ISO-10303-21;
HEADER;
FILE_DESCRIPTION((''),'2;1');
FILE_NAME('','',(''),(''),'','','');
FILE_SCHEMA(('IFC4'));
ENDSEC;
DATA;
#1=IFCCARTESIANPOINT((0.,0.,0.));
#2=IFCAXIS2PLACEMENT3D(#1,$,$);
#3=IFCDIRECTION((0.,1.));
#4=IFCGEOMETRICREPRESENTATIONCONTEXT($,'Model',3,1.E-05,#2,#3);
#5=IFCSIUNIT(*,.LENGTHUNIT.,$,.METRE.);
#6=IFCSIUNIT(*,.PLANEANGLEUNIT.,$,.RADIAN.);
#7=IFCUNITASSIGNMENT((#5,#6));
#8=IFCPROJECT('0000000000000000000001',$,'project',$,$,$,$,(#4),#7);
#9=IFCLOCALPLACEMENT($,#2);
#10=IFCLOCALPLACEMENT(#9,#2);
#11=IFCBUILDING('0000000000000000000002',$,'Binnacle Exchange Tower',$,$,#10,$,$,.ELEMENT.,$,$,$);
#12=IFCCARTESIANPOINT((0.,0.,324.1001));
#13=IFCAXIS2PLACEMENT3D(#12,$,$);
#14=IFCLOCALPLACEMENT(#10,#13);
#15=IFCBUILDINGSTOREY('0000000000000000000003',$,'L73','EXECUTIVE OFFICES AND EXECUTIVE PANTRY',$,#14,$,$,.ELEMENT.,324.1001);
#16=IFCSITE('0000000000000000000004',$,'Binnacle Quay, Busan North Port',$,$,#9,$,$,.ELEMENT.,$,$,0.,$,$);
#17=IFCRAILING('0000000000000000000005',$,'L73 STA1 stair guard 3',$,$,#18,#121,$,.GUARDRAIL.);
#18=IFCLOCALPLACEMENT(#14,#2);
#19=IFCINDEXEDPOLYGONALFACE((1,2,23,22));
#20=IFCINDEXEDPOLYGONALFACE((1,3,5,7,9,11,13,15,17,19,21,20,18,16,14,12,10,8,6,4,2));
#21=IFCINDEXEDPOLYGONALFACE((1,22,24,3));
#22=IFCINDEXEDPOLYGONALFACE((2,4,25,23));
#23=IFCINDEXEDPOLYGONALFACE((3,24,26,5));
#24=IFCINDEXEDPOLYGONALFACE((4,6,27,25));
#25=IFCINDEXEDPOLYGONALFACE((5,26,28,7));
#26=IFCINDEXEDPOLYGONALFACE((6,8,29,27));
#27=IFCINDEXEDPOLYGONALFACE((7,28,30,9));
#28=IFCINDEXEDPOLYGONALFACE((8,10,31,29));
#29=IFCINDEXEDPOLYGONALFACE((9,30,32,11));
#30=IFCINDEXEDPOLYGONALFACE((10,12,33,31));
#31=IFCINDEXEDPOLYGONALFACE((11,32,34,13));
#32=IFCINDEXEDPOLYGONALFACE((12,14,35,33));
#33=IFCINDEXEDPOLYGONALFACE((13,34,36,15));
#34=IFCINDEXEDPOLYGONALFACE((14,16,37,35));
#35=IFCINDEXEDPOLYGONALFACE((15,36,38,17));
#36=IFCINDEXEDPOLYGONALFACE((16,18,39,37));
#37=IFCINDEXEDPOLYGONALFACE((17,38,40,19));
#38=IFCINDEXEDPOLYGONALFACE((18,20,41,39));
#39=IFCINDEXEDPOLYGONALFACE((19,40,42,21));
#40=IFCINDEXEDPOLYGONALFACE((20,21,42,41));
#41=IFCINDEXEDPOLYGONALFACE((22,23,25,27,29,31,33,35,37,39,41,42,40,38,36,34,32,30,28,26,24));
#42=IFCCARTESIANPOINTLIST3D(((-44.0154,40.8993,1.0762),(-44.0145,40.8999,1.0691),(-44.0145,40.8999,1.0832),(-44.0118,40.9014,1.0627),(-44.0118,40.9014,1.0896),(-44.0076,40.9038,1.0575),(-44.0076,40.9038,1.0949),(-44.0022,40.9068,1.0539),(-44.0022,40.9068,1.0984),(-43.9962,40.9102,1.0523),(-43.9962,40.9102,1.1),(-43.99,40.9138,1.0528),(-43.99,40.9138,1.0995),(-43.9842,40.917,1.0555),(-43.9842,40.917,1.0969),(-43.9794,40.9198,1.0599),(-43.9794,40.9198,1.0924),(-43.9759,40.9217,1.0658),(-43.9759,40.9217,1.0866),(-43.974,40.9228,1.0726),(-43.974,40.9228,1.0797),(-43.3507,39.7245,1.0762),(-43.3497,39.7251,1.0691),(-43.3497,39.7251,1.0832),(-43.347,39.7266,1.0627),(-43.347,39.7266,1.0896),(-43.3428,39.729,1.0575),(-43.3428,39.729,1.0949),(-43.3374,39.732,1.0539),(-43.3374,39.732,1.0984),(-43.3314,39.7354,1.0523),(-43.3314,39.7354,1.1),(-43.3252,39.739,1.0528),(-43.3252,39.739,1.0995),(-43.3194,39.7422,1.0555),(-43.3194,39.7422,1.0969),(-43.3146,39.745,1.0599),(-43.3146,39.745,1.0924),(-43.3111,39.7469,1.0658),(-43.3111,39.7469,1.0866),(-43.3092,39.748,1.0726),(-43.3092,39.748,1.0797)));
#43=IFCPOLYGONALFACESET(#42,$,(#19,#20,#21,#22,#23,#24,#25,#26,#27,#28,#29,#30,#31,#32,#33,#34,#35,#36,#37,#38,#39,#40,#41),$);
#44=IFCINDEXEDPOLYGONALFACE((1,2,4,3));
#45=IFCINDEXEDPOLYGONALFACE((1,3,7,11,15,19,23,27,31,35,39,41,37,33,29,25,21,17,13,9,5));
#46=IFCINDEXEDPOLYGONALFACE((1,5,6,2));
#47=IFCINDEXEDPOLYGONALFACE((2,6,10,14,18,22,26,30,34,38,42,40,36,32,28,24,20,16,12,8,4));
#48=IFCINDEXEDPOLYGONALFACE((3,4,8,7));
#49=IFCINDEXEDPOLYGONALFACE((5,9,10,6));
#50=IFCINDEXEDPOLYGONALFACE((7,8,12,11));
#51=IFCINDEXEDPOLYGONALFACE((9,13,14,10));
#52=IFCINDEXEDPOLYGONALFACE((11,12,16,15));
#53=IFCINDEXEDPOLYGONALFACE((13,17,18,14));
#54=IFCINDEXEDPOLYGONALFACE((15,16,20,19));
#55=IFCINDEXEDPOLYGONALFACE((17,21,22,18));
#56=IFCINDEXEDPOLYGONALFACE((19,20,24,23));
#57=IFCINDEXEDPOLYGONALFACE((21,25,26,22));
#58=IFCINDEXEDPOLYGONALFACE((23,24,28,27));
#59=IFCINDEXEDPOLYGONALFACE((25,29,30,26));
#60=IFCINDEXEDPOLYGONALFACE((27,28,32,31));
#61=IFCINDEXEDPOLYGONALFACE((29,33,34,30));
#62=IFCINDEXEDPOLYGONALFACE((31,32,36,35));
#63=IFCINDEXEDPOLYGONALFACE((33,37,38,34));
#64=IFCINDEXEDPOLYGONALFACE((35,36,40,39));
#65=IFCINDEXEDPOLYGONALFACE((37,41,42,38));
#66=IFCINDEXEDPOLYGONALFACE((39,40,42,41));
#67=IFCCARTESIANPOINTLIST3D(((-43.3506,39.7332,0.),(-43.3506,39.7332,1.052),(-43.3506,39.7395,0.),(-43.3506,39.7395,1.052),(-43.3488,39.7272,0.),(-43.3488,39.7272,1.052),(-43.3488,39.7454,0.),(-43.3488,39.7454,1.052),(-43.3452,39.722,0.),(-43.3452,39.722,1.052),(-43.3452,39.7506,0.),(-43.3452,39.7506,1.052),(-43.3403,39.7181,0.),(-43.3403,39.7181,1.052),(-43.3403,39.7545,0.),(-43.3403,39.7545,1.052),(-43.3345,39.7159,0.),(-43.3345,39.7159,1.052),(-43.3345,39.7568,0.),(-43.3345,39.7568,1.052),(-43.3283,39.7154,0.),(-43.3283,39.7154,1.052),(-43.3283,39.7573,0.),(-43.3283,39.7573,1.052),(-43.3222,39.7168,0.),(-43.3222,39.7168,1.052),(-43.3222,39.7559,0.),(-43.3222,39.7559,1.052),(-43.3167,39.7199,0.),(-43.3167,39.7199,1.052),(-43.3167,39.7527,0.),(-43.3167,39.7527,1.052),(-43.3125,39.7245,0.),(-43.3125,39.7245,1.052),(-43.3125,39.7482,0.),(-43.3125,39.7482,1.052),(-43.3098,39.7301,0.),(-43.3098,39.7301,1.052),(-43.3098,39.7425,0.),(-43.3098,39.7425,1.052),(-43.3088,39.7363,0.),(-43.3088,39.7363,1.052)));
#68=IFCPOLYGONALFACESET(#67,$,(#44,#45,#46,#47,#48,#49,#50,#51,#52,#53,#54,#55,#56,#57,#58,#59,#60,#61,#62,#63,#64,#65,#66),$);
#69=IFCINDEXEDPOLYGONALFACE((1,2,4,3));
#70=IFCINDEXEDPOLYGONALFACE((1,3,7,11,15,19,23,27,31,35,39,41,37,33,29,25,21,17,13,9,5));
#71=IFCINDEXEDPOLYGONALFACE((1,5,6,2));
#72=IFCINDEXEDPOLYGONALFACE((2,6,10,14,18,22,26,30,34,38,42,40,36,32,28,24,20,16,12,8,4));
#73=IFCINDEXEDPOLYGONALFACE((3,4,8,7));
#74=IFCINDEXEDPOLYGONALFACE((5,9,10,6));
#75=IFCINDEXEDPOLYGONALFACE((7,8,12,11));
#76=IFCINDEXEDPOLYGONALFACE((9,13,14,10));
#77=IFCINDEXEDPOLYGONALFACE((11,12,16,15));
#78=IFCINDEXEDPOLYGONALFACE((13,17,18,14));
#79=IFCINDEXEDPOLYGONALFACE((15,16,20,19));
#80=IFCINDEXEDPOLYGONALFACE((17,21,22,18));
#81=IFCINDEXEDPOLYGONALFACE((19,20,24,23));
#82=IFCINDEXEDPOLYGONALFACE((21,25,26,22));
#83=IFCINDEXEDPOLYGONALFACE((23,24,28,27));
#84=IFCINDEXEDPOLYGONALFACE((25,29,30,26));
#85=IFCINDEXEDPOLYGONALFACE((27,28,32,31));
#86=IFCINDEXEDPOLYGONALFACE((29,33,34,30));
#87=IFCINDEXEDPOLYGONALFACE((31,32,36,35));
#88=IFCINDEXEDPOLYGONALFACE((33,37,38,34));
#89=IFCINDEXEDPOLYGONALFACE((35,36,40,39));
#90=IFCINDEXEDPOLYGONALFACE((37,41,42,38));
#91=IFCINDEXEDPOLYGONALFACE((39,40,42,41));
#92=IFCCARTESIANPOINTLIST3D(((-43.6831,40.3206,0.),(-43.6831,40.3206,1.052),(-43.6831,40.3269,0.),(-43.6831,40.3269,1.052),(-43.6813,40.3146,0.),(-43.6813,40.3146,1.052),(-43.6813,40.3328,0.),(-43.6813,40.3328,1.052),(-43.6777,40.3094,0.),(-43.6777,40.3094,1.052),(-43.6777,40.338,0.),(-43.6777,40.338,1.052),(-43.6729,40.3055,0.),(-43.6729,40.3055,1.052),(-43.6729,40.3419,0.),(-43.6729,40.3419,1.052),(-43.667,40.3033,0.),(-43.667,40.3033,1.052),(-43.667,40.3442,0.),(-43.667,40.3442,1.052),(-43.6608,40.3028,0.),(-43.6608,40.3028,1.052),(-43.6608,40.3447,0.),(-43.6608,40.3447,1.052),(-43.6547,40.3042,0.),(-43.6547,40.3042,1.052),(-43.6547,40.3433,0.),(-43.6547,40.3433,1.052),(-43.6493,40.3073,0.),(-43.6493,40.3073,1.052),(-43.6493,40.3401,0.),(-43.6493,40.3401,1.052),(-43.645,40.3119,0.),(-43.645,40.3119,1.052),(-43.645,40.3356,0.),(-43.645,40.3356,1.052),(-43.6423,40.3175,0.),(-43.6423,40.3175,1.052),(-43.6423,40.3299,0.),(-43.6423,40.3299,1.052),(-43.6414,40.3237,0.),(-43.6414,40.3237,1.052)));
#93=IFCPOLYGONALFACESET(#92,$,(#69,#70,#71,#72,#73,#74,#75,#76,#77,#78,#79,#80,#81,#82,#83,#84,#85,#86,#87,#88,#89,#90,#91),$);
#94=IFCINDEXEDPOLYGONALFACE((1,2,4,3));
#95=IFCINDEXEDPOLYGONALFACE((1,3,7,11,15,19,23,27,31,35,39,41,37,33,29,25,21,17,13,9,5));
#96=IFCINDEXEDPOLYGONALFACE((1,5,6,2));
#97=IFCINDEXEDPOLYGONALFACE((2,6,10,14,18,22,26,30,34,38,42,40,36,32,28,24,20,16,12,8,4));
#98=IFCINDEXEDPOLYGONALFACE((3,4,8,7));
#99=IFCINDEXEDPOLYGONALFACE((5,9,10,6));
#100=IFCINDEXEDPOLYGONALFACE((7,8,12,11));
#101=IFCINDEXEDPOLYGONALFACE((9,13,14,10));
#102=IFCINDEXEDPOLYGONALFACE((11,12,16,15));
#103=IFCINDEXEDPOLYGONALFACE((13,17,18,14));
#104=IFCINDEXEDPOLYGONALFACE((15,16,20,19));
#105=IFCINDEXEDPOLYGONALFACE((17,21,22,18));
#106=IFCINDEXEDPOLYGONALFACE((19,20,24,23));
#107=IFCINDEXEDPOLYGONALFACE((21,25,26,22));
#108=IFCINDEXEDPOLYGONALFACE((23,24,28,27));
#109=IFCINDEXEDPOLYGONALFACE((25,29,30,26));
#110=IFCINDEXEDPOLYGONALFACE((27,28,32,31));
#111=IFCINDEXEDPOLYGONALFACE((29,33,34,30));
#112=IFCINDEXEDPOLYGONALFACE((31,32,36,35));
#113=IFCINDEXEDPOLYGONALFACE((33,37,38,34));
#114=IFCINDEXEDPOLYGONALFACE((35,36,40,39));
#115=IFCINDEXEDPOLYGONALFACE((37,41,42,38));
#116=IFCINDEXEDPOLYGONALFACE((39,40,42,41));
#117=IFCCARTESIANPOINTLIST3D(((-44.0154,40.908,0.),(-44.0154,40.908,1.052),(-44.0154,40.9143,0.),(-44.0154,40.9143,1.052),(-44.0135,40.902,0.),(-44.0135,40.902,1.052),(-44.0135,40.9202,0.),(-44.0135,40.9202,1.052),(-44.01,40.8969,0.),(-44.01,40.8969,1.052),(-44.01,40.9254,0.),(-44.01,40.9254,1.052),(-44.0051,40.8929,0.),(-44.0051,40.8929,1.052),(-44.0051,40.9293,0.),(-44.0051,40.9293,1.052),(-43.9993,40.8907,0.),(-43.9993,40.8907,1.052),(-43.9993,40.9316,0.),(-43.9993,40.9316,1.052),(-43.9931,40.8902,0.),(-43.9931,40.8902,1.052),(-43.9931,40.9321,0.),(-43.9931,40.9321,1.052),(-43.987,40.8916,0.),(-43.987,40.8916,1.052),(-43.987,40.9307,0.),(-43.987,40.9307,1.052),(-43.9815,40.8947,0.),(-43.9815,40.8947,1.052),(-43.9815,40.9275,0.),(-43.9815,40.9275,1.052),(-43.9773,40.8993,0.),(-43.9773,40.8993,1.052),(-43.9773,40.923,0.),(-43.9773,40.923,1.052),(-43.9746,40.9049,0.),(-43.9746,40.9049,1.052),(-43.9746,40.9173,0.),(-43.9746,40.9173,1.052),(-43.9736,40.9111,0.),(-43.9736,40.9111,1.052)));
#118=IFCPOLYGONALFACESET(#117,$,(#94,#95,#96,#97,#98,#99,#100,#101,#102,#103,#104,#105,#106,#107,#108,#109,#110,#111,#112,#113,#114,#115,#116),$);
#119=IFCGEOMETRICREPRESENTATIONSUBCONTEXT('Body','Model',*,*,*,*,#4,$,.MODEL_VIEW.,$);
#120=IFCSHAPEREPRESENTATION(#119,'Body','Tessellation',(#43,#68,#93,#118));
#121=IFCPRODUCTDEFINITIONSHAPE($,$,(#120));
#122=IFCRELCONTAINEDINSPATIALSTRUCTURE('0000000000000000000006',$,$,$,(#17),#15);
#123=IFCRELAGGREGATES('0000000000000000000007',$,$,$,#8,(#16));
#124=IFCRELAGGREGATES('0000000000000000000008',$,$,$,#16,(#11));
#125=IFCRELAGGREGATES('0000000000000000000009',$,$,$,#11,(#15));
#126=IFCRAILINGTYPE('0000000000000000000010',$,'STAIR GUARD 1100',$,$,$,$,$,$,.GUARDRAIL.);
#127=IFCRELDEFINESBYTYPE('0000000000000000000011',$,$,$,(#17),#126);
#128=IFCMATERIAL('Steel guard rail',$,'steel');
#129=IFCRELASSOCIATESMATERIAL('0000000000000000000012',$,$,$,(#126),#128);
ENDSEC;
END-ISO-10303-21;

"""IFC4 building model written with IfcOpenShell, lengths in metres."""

from ifc_helpers import new_model, si_unit, direction, frame, origin, origin_2d, place, context, subcontext, project, spatial, circle, extrude, material, type_object, element, save


model = new_model("IFC4")

# Units and contexts
model_context = context("Model", 3, precision=1e-05, world=origin(), true_north=direction((0.0, 1.0)))
body_context = subcontext(model_context, "Body", "Model", "MODEL_VIEW")
ifc_project = project(units=[si_unit("LENGTHUNIT", "METRE"), si_unit("PLANEANGLEUNIT", "RADIAN")], contexts=[model_context])

# Site, building, storey
site_placement = place(None, origin())
site = spatial("IfcSite", under=ifc_project, at=site_placement, Name="Binnacle Quay, Busan North Port", CompositionType="ELEMENT", RefElevation=0.0)
building_placement = place(site_placement, origin())
building = spatial("IfcBuilding", under=site, at=building_placement, Name="Binnacle Exchange Tower", CompositionType="ELEMENT")
storey_placement = place(building_placement, frame((0.0, 0.0, 324.1001)))
storey = spatial("IfcBuildingStorey", under=building, at=storey_placement, Name="L73", Description="EXECUTIVE OFFICES AND EXECUTIVE PANTRY", CompositionType="ELEMENT", Elevation=324.1001)

# Railing
ifc_material_1 = material(Name="Steel guard rail", Category="steel")
railing_type_1 = type_object("IfcRailingType", Name="STAIR GUARD 1100", PredefinedType="GUARDRAIL", material=ifc_material_1)
railing_1_placement = place(storey_placement, frame((-43.3298, 39.7363, 0.0)))
element("IfcRailing", 1, at=railing_1_placement, inside=storey, type_object=railing_type_1, Name="L73 STA1 stair guard 3", PredefinedType="GUARDRAIL", context=body_context, shape_type="SweptSolid", body=[
    extrude(circle(Radius=0.0239, at=origin_2d()), frame((0.0, 0.0, 1.0762), z_axis=(-0.492492, 0.870317, 0.0), x_axis=(-0.870317, -0.492492, 0.0)), (0.0, 0.0, 1.0), 1.3499),
    extrude(circle(Radius=0.021, at=origin_2d()), origin(), (0.0, 0.0, 1.0), 1.052),
    extrude(circle(Radius=0.021, at=origin_2d()), frame((-0.3325, 0.5874, 0.0)), (0.0, 0.0, 1.0), 1.052),
    extrude(circle(Radius=0.021, at=origin_2d()), frame((-0.6648, 1.1748, 0.0)), (0.0, 0.0, 1.0), 1.052),
])

save(model, "model.ifc")
